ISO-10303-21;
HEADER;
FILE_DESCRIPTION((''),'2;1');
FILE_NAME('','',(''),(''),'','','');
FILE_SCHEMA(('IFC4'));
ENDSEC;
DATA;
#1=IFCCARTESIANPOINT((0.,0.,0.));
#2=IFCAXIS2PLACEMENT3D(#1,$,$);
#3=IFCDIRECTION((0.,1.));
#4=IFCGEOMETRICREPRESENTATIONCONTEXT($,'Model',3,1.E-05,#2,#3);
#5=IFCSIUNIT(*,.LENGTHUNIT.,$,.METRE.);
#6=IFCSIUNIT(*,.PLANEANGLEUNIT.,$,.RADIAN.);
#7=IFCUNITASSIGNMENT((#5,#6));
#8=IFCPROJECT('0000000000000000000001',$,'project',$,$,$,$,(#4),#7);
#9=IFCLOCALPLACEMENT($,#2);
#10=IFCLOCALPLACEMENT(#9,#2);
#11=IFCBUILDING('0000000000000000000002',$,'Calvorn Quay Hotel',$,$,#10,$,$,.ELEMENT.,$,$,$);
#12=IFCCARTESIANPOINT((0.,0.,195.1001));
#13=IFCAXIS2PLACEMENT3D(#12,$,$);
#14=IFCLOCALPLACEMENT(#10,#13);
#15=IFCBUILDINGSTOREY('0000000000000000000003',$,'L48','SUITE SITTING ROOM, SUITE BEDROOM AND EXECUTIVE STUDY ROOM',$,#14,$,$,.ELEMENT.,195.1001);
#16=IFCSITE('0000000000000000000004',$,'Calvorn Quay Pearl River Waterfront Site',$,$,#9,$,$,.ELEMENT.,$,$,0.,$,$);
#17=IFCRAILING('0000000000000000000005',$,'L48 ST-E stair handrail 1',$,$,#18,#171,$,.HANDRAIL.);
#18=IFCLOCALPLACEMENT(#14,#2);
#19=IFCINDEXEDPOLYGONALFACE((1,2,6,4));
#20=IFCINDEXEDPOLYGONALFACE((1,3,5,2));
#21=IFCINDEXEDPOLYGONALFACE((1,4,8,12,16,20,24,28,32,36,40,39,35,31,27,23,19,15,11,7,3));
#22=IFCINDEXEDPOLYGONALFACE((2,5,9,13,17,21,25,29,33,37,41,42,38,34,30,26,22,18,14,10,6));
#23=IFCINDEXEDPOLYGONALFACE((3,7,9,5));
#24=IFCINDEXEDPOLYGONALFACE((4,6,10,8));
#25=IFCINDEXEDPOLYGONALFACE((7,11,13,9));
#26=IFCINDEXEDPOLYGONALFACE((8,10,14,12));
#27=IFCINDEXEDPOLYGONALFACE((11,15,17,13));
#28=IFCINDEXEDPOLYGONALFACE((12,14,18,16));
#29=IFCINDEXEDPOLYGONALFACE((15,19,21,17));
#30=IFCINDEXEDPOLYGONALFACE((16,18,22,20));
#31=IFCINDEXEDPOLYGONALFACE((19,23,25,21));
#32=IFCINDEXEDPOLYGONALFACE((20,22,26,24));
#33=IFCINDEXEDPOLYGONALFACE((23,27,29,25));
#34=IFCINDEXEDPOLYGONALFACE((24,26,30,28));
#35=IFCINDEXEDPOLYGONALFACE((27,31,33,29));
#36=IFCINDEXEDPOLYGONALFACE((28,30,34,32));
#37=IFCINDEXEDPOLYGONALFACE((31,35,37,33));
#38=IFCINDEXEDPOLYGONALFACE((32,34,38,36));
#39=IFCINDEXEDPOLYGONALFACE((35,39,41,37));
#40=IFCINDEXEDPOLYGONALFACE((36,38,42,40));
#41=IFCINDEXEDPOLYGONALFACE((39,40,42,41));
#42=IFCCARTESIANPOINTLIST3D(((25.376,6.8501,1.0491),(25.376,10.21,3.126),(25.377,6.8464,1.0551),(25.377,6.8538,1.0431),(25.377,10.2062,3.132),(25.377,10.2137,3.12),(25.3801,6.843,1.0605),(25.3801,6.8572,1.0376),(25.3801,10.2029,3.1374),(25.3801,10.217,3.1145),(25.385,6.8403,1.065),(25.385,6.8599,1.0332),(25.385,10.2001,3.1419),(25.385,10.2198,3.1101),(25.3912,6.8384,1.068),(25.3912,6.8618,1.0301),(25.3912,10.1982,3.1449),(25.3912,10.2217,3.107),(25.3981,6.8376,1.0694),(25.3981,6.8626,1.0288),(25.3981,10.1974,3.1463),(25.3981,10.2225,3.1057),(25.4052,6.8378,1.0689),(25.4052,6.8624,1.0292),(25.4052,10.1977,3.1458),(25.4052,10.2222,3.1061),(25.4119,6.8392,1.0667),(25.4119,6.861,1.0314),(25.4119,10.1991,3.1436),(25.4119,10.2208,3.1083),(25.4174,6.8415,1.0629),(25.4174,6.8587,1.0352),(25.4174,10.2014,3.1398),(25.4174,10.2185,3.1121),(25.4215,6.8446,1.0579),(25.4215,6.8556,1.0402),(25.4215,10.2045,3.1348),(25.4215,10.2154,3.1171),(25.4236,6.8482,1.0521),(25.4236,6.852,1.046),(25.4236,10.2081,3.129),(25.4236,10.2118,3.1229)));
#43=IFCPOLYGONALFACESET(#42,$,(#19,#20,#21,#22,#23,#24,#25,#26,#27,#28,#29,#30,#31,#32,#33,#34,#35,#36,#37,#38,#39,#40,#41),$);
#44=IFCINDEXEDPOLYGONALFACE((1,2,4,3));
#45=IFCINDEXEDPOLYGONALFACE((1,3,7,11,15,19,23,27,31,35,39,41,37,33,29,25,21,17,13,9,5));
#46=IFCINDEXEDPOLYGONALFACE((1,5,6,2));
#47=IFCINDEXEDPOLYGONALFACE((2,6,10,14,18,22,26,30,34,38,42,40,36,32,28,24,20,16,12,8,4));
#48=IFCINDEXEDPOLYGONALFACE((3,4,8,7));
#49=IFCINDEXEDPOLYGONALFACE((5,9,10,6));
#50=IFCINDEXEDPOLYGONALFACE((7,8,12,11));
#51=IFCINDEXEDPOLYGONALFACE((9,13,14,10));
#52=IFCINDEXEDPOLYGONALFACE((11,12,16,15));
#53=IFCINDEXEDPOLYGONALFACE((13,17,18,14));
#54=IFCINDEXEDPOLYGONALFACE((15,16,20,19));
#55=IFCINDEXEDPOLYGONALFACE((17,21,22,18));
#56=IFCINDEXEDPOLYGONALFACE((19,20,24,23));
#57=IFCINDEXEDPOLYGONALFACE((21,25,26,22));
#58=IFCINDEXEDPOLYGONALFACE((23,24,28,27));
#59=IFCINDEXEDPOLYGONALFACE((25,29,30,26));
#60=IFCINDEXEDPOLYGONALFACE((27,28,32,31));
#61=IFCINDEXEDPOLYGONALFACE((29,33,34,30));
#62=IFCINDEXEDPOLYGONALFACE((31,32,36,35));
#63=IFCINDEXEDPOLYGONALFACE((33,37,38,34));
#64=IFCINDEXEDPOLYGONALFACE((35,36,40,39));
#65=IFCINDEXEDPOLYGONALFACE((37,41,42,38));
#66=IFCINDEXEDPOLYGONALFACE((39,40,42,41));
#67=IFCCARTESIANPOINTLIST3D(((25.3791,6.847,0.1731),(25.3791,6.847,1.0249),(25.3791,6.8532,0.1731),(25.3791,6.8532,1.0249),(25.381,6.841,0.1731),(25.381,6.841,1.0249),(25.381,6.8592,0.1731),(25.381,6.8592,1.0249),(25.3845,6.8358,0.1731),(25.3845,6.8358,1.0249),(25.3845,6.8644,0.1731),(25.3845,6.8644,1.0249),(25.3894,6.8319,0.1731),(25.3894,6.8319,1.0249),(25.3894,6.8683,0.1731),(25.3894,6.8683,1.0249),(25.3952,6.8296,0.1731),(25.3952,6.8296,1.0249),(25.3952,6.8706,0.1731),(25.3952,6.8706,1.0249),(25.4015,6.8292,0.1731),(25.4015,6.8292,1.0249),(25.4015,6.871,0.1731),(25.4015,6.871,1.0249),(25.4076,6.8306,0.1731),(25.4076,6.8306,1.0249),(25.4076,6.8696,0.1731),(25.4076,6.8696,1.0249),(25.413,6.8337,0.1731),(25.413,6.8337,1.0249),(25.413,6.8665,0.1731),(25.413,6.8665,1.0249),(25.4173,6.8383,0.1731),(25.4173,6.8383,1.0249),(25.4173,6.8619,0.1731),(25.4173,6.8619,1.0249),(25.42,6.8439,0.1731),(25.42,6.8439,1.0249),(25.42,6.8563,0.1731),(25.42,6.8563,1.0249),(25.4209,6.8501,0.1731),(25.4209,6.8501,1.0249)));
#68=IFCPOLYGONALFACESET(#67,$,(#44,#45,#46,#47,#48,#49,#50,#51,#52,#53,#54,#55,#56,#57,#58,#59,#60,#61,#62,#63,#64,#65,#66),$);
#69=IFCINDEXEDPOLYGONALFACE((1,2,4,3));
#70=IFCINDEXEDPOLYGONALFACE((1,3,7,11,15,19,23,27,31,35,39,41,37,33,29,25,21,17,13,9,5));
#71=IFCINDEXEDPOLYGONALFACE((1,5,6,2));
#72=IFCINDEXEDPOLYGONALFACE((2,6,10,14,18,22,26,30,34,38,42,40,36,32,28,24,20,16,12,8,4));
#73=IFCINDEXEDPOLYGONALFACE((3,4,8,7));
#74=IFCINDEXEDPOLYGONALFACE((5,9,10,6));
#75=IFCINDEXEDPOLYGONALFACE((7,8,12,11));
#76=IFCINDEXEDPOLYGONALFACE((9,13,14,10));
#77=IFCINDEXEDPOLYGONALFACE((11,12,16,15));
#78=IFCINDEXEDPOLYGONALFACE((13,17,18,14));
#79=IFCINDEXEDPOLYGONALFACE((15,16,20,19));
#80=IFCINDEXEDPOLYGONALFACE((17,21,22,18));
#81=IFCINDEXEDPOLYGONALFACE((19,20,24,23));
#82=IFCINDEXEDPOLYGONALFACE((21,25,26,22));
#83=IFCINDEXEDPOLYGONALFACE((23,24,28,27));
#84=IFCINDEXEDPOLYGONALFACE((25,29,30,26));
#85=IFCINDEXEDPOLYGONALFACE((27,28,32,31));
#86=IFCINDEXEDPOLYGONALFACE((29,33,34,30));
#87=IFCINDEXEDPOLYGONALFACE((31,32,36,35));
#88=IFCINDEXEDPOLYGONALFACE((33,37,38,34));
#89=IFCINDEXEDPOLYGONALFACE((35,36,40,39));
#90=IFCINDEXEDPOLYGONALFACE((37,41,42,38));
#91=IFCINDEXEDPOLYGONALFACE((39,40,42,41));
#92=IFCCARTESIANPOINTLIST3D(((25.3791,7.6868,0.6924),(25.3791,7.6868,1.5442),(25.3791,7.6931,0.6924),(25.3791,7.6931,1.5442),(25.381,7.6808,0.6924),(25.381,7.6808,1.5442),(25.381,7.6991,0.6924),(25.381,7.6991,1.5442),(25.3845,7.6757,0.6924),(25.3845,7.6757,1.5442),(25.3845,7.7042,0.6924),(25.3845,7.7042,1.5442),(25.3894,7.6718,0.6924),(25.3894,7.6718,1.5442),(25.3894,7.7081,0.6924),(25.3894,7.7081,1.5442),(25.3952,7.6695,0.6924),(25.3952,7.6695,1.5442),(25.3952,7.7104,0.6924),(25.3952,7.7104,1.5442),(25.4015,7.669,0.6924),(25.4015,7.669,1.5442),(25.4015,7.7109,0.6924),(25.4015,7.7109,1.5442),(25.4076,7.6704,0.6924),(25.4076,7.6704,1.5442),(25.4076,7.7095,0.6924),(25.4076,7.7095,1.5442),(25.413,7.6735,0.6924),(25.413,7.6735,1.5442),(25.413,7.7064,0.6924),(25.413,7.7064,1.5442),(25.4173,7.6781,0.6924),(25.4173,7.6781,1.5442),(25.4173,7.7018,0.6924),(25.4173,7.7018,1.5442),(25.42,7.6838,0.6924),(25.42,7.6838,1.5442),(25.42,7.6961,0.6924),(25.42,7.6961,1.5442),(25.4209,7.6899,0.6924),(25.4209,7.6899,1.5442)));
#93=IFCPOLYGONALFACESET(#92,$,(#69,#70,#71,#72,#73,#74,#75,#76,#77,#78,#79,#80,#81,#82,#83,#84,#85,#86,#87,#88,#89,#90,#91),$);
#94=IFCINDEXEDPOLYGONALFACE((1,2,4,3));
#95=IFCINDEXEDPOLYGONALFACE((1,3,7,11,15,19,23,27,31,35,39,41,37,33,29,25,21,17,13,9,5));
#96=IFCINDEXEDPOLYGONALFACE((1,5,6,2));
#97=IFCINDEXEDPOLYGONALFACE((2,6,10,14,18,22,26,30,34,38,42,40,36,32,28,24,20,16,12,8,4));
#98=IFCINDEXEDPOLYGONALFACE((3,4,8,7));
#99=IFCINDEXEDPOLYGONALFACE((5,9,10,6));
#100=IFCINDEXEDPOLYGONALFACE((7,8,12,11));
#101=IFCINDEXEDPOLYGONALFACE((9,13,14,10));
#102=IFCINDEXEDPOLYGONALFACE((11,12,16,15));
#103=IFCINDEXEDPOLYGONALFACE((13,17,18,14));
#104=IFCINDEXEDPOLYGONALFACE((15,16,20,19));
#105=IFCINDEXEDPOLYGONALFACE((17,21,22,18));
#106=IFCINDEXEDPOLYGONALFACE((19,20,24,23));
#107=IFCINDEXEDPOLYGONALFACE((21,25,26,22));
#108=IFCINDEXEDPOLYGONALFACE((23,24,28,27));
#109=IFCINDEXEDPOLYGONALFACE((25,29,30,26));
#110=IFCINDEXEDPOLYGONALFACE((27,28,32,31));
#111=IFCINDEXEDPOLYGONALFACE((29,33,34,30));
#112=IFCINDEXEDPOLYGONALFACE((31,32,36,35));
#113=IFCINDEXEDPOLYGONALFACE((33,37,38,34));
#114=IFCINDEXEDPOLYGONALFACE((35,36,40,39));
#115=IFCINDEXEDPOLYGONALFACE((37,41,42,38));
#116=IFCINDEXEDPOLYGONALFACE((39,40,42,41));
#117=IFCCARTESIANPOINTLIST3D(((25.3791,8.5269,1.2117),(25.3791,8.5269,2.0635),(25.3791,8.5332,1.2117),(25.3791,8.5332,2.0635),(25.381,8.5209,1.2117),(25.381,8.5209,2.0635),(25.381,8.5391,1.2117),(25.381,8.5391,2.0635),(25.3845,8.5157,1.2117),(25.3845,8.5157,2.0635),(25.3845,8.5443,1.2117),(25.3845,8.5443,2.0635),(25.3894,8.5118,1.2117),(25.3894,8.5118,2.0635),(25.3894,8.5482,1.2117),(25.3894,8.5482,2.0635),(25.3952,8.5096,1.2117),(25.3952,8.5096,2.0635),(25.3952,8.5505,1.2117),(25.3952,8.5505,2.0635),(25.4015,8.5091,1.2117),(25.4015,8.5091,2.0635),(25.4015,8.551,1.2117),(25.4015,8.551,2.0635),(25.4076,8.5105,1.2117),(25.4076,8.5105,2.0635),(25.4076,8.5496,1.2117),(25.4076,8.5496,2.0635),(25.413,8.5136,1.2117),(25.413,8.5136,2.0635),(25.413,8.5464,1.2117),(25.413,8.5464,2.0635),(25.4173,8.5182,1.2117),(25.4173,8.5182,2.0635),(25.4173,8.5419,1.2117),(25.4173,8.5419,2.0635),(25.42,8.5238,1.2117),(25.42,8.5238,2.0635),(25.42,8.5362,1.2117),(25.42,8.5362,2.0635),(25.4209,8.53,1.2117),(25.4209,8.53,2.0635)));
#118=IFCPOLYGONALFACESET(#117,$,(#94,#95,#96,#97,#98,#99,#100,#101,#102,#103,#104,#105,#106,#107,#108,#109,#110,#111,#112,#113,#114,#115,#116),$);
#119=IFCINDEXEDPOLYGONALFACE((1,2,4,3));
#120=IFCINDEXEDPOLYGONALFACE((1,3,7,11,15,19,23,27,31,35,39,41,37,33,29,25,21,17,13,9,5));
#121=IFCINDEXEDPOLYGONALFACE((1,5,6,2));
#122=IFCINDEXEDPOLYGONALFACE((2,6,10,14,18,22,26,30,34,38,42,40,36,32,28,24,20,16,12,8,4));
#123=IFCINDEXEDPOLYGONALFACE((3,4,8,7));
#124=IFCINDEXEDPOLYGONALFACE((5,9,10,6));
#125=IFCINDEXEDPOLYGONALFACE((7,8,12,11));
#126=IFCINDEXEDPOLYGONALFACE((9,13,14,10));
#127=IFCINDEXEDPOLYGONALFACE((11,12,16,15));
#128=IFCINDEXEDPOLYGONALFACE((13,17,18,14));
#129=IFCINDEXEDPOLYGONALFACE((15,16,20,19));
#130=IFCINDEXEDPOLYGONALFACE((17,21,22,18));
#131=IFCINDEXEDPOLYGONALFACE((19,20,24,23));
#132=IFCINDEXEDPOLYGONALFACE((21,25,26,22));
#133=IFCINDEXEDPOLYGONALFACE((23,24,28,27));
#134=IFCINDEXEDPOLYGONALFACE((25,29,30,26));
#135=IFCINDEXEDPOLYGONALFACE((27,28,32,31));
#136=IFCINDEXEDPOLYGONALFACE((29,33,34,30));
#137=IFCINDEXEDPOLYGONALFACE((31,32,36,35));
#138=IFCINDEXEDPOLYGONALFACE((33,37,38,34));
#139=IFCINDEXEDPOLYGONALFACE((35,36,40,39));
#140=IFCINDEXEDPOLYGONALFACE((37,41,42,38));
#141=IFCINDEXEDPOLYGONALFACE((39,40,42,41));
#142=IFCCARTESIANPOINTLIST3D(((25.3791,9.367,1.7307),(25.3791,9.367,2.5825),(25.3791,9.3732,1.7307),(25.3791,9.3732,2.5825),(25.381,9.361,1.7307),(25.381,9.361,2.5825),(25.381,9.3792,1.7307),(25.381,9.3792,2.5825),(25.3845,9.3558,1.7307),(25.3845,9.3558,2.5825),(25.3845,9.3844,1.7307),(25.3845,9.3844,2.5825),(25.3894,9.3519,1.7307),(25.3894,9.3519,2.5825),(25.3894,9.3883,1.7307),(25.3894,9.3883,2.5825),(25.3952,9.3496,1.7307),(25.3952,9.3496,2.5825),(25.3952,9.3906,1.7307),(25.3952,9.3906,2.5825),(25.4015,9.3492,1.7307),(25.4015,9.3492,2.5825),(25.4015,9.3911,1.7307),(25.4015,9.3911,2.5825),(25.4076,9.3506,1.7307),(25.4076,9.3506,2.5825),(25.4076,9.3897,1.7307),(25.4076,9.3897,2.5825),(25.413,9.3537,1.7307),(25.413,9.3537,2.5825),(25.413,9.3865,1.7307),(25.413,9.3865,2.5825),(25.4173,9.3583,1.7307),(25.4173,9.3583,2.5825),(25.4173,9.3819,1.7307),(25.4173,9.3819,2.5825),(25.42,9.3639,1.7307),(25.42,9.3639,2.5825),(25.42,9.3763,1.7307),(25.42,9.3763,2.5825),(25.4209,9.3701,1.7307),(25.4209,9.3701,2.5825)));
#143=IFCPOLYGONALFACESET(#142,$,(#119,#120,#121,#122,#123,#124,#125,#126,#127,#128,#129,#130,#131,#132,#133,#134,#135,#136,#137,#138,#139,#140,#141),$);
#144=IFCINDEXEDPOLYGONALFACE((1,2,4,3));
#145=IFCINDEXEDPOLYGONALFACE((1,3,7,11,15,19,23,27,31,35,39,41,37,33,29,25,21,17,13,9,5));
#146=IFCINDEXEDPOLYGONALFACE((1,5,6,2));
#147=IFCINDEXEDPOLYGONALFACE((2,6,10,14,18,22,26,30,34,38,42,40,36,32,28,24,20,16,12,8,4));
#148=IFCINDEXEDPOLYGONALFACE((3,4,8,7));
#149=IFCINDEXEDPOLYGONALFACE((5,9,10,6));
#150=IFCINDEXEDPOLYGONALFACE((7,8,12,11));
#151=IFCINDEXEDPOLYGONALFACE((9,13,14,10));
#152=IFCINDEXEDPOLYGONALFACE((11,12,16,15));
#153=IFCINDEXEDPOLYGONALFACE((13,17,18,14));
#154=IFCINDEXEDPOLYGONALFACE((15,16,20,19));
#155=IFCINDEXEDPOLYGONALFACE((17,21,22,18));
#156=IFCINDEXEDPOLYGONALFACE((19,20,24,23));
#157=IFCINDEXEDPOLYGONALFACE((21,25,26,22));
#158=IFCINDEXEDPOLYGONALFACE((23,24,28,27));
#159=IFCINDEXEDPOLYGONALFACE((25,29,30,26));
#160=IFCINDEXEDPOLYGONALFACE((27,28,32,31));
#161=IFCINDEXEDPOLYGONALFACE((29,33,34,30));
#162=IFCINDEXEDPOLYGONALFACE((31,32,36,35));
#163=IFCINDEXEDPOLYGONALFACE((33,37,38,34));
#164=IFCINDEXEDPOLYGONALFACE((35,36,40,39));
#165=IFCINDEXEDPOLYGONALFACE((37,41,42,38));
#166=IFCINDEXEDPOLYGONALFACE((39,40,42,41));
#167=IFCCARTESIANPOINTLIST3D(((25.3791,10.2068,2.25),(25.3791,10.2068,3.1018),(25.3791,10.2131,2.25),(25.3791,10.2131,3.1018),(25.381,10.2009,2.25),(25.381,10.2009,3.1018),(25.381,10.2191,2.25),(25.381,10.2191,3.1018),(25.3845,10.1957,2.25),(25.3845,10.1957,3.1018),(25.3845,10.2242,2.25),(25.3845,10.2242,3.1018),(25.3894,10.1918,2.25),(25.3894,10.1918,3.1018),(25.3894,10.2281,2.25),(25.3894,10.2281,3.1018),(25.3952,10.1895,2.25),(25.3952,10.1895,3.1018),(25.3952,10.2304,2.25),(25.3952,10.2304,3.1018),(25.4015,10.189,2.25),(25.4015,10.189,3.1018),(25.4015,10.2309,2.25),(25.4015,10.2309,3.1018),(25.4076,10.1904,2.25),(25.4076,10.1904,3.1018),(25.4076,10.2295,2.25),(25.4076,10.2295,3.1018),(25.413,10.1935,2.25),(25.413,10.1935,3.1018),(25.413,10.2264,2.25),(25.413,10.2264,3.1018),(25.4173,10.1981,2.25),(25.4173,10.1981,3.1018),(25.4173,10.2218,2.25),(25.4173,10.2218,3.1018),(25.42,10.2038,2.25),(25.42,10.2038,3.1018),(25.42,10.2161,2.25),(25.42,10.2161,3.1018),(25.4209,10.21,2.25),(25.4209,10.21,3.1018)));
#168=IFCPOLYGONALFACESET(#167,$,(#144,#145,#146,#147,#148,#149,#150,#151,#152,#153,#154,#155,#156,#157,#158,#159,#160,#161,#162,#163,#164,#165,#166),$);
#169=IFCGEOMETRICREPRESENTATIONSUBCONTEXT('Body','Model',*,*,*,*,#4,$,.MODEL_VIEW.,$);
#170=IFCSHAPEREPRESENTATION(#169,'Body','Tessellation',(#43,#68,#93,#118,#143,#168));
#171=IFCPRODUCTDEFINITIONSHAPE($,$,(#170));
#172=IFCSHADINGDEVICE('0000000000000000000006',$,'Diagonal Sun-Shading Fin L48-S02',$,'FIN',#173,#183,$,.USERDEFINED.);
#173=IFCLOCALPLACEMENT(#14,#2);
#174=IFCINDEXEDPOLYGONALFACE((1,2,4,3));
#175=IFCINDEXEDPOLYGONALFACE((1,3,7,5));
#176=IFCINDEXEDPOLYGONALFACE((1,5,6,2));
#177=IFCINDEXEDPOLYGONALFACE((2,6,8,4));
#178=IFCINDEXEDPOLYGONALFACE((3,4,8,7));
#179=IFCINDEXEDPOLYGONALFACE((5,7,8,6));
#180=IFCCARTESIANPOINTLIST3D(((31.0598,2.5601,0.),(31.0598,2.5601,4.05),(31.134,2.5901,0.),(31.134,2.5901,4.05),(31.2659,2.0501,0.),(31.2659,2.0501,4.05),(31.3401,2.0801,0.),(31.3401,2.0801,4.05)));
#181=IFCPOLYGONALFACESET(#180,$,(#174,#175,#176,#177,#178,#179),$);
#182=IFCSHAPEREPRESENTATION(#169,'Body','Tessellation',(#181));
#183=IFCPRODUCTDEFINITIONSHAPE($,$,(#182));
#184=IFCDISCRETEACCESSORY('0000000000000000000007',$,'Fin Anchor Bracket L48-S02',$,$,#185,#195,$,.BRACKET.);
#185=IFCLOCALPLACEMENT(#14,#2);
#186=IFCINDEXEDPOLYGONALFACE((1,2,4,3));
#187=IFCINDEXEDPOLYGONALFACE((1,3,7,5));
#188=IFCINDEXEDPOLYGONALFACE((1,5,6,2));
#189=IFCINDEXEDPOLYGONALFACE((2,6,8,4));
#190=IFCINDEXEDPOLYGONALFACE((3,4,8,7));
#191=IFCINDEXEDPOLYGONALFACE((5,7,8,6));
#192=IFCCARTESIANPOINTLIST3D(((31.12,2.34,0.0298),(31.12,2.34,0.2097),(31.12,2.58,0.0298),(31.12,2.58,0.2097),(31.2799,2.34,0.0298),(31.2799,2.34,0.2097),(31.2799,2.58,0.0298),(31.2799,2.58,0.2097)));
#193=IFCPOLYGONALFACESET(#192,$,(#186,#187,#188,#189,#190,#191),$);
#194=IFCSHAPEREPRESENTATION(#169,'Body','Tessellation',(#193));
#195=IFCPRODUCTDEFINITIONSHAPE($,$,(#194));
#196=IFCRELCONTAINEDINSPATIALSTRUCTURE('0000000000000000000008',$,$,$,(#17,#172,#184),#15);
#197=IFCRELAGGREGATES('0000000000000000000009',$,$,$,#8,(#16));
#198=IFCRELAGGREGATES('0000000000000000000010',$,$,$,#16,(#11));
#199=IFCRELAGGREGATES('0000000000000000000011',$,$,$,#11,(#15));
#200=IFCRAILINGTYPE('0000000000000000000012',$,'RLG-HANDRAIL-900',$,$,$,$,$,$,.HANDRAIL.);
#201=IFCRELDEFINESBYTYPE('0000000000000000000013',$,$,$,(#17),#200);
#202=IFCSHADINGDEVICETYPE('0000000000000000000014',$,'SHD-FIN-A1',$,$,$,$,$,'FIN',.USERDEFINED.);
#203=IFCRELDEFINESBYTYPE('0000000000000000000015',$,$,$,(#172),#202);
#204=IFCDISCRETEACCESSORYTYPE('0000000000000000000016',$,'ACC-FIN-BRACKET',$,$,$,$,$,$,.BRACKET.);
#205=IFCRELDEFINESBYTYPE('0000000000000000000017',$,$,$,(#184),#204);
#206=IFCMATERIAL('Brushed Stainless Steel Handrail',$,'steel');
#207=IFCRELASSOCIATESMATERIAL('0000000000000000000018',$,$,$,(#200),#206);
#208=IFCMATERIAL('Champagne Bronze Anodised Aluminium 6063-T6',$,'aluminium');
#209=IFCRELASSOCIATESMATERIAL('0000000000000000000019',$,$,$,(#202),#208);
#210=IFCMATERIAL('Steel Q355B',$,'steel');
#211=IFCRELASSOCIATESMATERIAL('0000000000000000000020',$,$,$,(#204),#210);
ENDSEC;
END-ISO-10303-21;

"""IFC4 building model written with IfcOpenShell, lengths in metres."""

from ifc_helpers import new_model, si_unit, direction, frame, origin, origin_2d, place, context, subcontext, project, spatial, rectangle, circle, extrude, material, type_object, element, save


model = new_model("IFC4")

# Units and contexts
model_context = context("Model", 3, precision=1e-05, world=origin(), true_north=direction((0.0, 1.0)))
body_context = subcontext(model_context, "Body", "Model", "MODEL_VIEW")
ifc_project = project(units=[si_unit("LENGTHUNIT", "METRE"), si_unit("PLANEANGLEUNIT", "RADIAN")], contexts=[model_context])

# Site, building, storey
site_placement = place(None, origin())
site = spatial("IfcSite", under=ifc_project, at=site_placement, Name="Calvorn Quay Pearl River Waterfront Site", CompositionType="ELEMENT", RefElevation=0.0)
building_placement = place(site_placement, origin())
building = spatial("IfcBuilding", under=site, at=building_placement, Name="Calvorn Quay Hotel", CompositionType="ELEMENT")
storey_placement = place(building_placement, frame((0.0, 0.0, 195.1001)))
storey = spatial("IfcBuildingStorey", under=building, at=storey_placement, Name="L48", Description="SUITE SITTING ROOM, SUITE BEDROOM AND EXECUTIVE STUDY ROOM", CompositionType="ELEMENT", Elevation=195.1001)

# Railing
ifc_material_1 = material(Name="Brushed Stainless Steel Handrail", Category="steel")
railing_type = type_object("IfcRailingType", Name="RLG-HANDRAIL-900", PredefinedType="HANDRAIL", material=ifc_material_1)
railing_placement = place(storey_placement, frame((25.3999, 6.8501, 0.1731)))
element("IfcRailing", 1, at=railing_placement, inside=storey, type_object=railing_type, Name="L48 ST-E stair handrail 1", PredefinedType="HANDRAIL", context=body_context, shape_type="SweptSolid", body=[
    extrude(circle(Radius=0.0239, at=origin_2d()), frame((0.0, 0.0, 0.876), z_axis=(0.0, 0.850606, 0.525803), x_axis=(-1.0, 0.0, 0.0)), (0.0, 0.0, 1.0), 3.95),
    extrude(circle(Radius=0.021, at=origin_2d()), origin(), (0.0, 0.0, 1.0), 0.8518),
    extrude(circle(Radius=0.021, at=origin_2d()), frame((0.0, 0.8398, 0.5193)), (0.0, 0.0, 1.0), 0.8518),
    extrude(circle(Radius=0.021, at=origin_2d()), frame((0.0, 1.6799, 1.0386)), (0.0, 0.0, 1.0), 0.8518),
    extrude(circle(Radius=0.021, at=origin_2d()), frame((0.0, 2.52, 1.5576)), (0.0, 0.0, 1.0), 0.8518),
    extrude(circle(Radius=0.021, at=origin_2d()), frame((0.0, 3.3599, 2.0769)), (0.0, 0.0, 1.0), 0.8518),
])

# Shading device
ifc_material_2 = material(Name="Champagne Bronze Anodised Aluminium 6063-T6", Category="aluminium")
shading_device_type = type_object("IfcShadingDeviceType", Name="SHD-FIN-A1", ElementType="FIN", PredefinedType="USERDEFINED", material=ifc_material_2)
shading_device_placement = place(storey_placement, frame((31.2, 2.3201, 0.0), z_axis=(0.0, 0.0, 1.0), x_axis=(-0.374607, 0.927184, 0.0)))
element("IfcShadingDevice", 2, at=shading_device_placement, inside=storey, type_object=shading_device_type, Name="Diagonal Sun-Shading Fin L48-S02", ObjectType="FIN", PredefinedType="USERDEFINED", context=body_context, shape_type="SweptSolid", body=[
    extrude(rectangle(XDim=0.55, YDim=0.0801, at=origin_2d()), origin(), (0.0, 0.0, 1.0), 4.05),
])

# Discrete accessory
ifc_material_3 = material(Name="Steel Q355B", Category="steel")
discrete_accessory_type = type_object("IfcDiscreteAccessoryType", Name="ACC-FIN-BRACKET", PredefinedType="BRACKET", material=ifc_material_3)
discrete_accessory_placement = place(storey_placement, frame((31.2, 2.46, 0.0298), z_axis=(0.0, 0.0, 1.0), x_axis=(0.0, 1.0, 0.0)))
element("IfcDiscreteAccessory", 3, at=discrete_accessory_placement, inside=storey, type_object=discrete_accessory_type, Name="Fin Anchor Bracket L48-S02", PredefinedType="BRACKET", context=body_context, shape_type="SweptSolid", body=[
    extrude(rectangle(XDim=0.24, YDim=0.1599, at=origin_2d()), origin(), (0.0, 0.0, 1.0), 0.1799),
])

save(model, "model.ifc")
